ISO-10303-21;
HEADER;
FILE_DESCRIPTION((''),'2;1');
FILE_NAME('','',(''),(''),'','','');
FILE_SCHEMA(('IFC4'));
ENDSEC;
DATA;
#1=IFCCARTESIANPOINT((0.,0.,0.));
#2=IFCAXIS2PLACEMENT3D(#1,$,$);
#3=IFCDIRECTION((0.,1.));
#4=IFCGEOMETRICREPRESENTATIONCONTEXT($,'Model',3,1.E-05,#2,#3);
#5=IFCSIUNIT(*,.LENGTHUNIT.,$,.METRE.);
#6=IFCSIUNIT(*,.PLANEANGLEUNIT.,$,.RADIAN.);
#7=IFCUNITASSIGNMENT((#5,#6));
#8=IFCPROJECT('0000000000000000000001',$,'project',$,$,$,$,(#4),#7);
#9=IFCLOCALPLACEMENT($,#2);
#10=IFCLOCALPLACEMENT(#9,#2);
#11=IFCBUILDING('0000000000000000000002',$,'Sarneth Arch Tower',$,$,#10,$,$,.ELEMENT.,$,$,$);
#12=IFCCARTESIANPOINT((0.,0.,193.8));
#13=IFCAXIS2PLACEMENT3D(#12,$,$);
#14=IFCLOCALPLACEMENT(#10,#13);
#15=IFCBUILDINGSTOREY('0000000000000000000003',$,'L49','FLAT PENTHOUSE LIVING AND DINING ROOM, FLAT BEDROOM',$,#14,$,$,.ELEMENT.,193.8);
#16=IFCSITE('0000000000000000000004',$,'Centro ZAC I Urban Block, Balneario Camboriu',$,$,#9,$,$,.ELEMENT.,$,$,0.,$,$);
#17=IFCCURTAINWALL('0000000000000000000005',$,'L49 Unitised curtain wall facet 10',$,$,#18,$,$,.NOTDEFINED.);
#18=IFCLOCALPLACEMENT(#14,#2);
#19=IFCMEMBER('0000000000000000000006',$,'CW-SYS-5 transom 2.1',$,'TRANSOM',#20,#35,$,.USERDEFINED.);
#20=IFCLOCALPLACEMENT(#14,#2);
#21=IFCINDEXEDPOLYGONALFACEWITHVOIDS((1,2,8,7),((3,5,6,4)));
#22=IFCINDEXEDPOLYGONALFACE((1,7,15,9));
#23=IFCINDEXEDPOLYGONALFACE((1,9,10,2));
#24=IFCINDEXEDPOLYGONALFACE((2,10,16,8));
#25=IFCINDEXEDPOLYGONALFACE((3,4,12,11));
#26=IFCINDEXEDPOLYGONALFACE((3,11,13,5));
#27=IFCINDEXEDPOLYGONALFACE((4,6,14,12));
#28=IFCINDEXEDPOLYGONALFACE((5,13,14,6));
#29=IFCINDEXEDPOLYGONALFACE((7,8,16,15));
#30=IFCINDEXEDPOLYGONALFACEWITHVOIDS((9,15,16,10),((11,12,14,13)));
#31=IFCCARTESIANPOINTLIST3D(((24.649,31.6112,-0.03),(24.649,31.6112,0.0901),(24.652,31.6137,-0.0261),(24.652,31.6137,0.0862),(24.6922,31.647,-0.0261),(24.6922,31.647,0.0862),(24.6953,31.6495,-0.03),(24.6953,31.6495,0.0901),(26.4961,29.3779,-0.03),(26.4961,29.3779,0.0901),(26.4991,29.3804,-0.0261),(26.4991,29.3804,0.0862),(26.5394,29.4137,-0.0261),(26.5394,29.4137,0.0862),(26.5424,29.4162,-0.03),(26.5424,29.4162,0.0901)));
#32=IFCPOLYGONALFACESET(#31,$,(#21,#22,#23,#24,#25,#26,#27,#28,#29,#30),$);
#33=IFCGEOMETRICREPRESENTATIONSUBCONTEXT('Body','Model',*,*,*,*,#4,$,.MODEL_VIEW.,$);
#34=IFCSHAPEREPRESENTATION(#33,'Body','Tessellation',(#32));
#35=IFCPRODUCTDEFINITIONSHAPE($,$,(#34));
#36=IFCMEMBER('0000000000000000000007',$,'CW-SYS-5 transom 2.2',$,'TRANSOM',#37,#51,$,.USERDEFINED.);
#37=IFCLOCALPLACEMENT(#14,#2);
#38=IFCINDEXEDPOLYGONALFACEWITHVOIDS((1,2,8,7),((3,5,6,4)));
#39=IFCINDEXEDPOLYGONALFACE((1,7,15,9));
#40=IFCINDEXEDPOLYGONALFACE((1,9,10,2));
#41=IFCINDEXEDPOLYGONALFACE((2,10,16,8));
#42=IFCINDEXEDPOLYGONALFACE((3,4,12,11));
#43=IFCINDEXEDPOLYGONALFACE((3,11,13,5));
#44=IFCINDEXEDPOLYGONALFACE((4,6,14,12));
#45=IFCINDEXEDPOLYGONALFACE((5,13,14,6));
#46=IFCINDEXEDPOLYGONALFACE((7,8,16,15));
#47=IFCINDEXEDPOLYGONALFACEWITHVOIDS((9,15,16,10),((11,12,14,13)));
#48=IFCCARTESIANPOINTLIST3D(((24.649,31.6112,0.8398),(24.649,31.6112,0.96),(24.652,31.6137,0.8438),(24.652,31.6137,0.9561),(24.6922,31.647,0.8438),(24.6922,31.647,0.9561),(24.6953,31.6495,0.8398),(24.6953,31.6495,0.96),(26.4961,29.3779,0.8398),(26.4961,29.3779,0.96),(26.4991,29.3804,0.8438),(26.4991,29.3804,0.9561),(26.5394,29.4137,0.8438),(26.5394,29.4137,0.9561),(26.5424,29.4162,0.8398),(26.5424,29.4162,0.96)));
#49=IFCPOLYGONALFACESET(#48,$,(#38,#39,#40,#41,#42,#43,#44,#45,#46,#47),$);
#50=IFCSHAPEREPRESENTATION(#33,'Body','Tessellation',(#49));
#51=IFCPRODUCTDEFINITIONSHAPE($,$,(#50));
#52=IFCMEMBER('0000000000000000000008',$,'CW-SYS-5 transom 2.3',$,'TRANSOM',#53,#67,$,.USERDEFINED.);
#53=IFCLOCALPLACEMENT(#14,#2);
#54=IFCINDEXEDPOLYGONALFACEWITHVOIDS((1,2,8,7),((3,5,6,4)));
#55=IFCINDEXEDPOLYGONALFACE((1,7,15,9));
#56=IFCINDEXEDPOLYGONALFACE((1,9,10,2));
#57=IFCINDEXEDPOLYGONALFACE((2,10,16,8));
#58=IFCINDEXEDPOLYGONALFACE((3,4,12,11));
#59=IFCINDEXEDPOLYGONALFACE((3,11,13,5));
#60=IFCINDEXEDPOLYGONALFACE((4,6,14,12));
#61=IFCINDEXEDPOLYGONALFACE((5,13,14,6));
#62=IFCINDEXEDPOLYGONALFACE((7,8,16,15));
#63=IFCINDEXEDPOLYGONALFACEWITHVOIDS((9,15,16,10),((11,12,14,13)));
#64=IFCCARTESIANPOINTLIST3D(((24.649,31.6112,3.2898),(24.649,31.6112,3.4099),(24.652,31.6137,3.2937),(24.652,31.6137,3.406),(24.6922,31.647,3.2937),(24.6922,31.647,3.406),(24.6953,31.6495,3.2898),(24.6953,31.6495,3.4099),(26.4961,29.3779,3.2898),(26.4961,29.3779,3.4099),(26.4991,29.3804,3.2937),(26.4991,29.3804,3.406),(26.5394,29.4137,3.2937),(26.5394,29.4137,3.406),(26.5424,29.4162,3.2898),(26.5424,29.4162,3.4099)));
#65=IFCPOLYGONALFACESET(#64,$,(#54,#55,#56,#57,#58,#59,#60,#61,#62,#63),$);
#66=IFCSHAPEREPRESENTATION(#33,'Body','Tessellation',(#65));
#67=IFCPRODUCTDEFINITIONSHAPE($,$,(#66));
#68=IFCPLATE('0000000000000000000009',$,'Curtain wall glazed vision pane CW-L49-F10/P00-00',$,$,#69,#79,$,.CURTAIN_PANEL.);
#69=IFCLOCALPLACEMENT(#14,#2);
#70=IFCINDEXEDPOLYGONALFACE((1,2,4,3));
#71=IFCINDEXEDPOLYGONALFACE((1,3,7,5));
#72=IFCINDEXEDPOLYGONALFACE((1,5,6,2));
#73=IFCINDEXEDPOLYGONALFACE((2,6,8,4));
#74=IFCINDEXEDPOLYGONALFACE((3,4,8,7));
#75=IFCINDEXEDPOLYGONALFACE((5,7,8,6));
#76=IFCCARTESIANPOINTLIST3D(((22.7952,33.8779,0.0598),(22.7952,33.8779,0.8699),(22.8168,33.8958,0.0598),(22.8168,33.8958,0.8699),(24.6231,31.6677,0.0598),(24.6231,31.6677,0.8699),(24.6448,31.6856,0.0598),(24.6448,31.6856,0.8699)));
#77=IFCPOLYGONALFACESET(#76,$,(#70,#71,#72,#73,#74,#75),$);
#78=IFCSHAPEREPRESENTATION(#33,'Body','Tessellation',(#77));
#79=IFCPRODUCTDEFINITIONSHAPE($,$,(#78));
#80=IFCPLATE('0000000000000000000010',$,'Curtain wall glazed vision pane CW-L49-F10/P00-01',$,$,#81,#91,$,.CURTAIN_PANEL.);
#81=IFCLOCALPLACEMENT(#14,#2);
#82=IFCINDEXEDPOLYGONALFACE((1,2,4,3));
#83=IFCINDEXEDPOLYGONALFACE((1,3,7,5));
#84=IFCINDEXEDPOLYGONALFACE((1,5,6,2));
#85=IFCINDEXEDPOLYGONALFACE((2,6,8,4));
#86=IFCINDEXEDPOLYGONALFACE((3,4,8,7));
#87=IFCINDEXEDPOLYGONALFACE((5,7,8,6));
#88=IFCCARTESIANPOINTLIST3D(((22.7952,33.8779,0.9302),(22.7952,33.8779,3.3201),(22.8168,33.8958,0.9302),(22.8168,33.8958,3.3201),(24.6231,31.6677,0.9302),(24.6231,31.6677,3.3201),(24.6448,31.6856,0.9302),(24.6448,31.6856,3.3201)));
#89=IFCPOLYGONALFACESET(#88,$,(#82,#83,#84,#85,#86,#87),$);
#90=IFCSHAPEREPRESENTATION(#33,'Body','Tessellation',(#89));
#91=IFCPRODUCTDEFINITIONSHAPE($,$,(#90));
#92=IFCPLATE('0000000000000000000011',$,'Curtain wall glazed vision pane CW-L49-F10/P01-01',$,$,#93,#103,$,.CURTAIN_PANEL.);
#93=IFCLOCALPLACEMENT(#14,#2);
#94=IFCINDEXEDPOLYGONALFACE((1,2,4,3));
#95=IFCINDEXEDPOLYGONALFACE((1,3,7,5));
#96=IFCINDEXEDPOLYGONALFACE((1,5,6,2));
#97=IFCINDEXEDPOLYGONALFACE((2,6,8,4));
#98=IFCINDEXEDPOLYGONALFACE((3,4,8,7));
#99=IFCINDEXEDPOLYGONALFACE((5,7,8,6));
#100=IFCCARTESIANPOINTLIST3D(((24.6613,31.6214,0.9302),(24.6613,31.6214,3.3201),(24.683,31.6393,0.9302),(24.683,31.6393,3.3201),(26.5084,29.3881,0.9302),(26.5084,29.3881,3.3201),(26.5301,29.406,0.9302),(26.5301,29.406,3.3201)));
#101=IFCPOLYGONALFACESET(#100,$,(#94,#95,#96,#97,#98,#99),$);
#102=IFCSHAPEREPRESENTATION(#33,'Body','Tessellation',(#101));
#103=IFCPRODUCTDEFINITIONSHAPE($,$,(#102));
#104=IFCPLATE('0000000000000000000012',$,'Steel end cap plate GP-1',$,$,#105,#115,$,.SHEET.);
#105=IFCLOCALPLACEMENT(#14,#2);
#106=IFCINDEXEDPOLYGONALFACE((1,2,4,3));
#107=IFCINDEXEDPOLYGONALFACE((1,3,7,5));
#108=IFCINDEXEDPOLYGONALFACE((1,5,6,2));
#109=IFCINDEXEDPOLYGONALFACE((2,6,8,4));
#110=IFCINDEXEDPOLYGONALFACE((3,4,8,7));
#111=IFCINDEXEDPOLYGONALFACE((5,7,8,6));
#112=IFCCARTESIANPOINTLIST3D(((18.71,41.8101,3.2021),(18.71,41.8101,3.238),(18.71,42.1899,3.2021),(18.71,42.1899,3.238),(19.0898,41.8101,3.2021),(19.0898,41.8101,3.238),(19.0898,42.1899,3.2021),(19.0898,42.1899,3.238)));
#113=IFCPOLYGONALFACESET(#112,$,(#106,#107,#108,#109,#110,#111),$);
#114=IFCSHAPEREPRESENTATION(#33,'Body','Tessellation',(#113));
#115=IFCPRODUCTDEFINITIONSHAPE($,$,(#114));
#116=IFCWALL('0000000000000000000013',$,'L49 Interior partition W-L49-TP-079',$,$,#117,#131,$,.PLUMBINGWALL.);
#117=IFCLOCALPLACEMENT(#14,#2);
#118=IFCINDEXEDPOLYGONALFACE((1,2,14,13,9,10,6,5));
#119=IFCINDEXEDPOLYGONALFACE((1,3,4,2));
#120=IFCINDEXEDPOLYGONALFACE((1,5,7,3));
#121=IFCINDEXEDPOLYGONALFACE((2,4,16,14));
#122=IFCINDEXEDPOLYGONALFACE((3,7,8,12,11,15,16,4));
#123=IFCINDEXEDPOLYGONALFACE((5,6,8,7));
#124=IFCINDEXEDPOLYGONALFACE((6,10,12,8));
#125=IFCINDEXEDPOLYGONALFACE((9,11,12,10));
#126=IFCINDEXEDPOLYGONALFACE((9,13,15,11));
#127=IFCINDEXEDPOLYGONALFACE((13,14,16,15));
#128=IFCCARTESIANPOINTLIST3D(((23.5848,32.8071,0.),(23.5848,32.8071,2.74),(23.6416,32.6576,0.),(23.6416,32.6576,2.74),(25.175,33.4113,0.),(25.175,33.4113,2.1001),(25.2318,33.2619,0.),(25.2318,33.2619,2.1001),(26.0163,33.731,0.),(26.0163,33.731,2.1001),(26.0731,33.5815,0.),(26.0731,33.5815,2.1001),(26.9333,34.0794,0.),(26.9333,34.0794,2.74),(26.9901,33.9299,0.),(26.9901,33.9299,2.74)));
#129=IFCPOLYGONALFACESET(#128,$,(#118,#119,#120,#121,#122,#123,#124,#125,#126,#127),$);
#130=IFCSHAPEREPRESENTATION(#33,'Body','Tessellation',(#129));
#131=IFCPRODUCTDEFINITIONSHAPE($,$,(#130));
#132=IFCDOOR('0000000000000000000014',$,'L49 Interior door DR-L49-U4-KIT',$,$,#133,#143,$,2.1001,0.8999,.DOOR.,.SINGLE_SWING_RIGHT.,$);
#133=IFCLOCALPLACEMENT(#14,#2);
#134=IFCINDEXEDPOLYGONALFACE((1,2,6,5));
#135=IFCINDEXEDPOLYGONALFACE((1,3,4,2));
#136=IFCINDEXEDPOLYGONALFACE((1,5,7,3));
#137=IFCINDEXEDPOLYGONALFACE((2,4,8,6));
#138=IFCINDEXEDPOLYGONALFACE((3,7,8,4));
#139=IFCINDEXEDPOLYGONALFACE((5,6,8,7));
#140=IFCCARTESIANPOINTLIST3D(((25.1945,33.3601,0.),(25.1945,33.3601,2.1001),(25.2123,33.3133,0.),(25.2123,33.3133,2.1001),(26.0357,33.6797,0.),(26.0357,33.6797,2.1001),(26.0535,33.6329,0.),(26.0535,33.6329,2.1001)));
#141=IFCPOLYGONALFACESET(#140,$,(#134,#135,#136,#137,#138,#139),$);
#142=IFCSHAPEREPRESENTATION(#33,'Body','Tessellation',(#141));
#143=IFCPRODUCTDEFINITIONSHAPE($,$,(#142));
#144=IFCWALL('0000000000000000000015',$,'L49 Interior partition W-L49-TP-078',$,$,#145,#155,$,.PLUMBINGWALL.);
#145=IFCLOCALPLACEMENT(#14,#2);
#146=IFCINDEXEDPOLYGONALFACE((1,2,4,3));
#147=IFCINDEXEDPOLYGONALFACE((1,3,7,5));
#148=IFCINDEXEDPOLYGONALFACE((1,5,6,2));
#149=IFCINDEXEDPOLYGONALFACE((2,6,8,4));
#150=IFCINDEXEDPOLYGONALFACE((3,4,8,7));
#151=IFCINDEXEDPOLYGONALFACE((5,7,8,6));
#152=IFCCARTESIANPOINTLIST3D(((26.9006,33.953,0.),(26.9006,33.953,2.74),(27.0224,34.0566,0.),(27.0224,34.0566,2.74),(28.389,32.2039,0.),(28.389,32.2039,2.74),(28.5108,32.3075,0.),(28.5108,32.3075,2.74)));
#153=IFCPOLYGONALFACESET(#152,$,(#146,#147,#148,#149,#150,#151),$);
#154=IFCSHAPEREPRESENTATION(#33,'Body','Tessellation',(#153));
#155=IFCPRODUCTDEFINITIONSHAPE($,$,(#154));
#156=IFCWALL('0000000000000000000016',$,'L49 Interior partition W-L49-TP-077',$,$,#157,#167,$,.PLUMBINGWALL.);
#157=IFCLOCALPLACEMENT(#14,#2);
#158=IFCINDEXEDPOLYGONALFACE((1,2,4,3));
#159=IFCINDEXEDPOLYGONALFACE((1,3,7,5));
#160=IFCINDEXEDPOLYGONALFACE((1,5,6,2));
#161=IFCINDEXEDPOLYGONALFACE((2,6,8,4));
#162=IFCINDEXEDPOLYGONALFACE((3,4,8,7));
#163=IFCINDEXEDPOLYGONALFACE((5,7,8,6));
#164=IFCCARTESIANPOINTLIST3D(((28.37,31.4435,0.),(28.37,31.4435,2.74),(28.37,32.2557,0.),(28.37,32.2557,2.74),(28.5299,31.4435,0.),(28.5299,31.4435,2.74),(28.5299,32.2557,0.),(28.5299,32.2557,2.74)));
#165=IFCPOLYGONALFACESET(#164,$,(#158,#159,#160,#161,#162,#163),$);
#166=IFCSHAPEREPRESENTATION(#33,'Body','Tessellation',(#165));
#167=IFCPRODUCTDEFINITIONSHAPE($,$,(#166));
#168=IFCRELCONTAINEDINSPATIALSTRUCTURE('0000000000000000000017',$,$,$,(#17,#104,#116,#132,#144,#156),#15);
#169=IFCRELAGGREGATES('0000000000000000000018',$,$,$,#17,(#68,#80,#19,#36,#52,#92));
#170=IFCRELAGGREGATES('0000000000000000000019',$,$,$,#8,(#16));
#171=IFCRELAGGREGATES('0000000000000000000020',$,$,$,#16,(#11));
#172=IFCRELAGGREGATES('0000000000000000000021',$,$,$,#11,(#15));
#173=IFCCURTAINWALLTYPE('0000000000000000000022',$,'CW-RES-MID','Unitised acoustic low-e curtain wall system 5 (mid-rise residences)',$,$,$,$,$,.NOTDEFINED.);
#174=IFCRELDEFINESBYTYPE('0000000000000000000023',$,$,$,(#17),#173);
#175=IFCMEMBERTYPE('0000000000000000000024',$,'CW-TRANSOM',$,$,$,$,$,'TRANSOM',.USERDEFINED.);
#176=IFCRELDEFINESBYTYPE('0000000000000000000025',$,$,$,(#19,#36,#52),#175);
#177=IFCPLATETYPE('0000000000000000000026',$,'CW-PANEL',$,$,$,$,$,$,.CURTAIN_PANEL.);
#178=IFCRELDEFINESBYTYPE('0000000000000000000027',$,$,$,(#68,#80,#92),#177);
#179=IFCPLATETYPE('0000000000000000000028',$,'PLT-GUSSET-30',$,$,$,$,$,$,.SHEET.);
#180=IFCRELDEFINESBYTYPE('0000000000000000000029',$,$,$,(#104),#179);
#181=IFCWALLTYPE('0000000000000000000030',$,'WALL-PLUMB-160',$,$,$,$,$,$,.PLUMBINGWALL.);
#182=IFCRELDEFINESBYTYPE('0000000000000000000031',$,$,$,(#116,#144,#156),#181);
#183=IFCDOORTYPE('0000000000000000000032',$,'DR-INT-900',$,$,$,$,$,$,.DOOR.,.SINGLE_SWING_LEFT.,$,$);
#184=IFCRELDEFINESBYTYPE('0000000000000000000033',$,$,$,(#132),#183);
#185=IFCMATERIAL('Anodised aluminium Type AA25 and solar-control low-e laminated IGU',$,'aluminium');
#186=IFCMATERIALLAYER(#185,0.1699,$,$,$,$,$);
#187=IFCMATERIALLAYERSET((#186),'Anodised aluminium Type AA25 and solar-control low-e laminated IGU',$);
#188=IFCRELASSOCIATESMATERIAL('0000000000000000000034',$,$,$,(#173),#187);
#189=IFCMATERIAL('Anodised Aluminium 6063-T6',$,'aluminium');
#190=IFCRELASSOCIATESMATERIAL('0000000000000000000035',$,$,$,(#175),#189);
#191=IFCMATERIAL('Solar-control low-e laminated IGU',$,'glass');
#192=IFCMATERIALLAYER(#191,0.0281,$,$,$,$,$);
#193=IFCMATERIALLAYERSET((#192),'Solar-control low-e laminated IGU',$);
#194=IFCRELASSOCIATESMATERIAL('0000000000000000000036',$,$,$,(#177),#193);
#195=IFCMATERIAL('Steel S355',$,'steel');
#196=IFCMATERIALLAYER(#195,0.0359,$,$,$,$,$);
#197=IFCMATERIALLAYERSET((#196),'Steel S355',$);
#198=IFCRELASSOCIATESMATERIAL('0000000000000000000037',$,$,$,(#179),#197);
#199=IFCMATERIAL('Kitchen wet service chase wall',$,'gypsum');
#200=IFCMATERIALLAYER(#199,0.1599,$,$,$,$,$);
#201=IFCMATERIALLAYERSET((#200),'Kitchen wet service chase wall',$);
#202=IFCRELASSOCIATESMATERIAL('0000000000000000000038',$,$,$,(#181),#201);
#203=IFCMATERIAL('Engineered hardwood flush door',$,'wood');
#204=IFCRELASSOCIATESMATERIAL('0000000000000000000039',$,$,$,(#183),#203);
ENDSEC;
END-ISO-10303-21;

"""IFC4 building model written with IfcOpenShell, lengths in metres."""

from ifc_helpers import new_model, si_unit, direction, frame, frame_2d, origin, origin_2d, place, context, subcontext, project, spatial, rectangle, hollow_rectangle, extrude, material, layer, layer_set, material_profile, profile_set, type_object, element, fill, aggregate, save


model = new_model("IFC4")

# Units and contexts
model_context = context("Model", 3, precision=1e-05, world=origin(), true_north=direction((0.0, 1.0)))
body_context = subcontext(model_context, "Body", "Model", "MODEL_VIEW")
ifc_project = project(units=[si_unit("LENGTHUNIT", "METRE"), si_unit("PLANEANGLEUNIT", "RADIAN")], contexts=[model_context])

# Site, building, storey
site_placement = place(None, origin())
site = spatial("IfcSite", under=ifc_project, at=site_placement, Name="Centro ZAC I Urban Block, Balneario Camboriu", CompositionType="ELEMENT", RefElevation=0.0)
building_placement = place(site_placement, origin())
building = spatial("IfcBuilding", under=site, at=building_placement, Name="Sarneth Arch Tower", CompositionType="ELEMENT")
storey_placement = place(building_placement, frame((0.0, 0.0, 193.8)))
storey = spatial("IfcBuildingStorey", under=building, at=storey_placement, Name="L49", Description="FLAT PENTHOUSE LIVING AND DINING ROOM, FLAT BEDROOM", CompositionType="ELEMENT", Elevation=193.8)

# Curtain wall, members, plates
ifc_material_1 = material(Name="Anodised aluminium Type AA25 and solar-control low-e laminated IGU", Category="aluminium")
ifc_layer_1 = layer(ifc_material_1, 0.1699)
ifc_layer_set_1 = layer_set([ifc_layer_1], Name="Anodised aluminium Type AA25 and solar-control low-e laminated IGU")
curtain_wall_type = type_object("IfcCurtainWallType", Name="CW-RES-MID", Description="Unitised acoustic low-e curtain wall system 5 (mid-rise residences)", PredefinedType="NOTDEFINED", material=ifc_layer_set_1)
curtain_wall_placement = place(storey_placement, origin())
curtain_wall = element("IfcCurtainWall", 1, at=curtain_wall_placement, inside=storey, type_object=curtain_wall_type, Name="L49 Unitised curtain wall facet 10", PredefinedType="NOTDEFINED")
ifc_material_2 = material(Name="Anodised Aluminium 6063-T6", Category="aluminium")
ifc_material_profile_1 = material_profile(ifc_material_2, hollow_rectangle(XDim=0.0601, YDim=0.1201, WallThickness=0.0039, at=origin_2d()), Name="AL-TRAN-120x60x4")
ifc_profile_set_1 = profile_set([ifc_material_profile_1], Name="Anodised Aluminium 6063-T6")
member_type_1 = type_object("IfcMemberType", Name="CW-TRANSOM", ElementType="TRANSOM", PredefinedType="USERDEFINED", material=ifc_profile_set_1)
member_1_placement = place(storey_placement, frame((24.6721, 31.6304, 0.03), z_axis=(0.63733, -0.770591, 0.0), x_axis=(0.770591, 0.63733, 0.0)))
member_1 = element("IfcMember", 2, at=member_1_placement, type_object=member_type_1, Name="CW-SYS-5 transom 2.1", ObjectType="TRANSOM", PredefinedType="USERDEFINED", context=body_context, shape_type="SweptSolid", body=[
    extrude(hollow_rectangle(XDim=0.0601, YDim=0.1201, WallThickness=0.0039, at=origin_2d()), origin(), (0.0, 0.0, 1.0), 2.8982),
])
member_2_placement = place(storey_placement, frame((24.6721, 31.6304, 0.8999), z_axis=(0.63733, -0.770591, 0.0), x_axis=(0.770591, 0.63733, 0.0)))
member_2 = element("IfcMember", 3, at=member_2_placement, type_object=member_type_1, Name="CW-SYS-5 transom 2.2", ObjectType="TRANSOM", PredefinedType="USERDEFINED", context=body_context, shape_type="SweptSolid", body=[
    extrude(hollow_rectangle(XDim=0.0601, YDim=0.1201, WallThickness=0.0039, at=origin_2d()), origin(), (0.0, 0.0, 1.0), 2.8982),
])
member_3_placement = place(storey_placement, frame((24.6721, 31.6304, 3.3499), z_axis=(0.63733, -0.770591, 0.0), x_axis=(0.770591, 0.63733, 0.0)))
member_3 = element("IfcMember", 4, at=member_3_placement, type_object=member_type_1, Name="CW-SYS-5 transom 2.3", ObjectType="TRANSOM", PredefinedType="USERDEFINED", context=body_context, shape_type="SweptSolid", body=[
    extrude(hollow_rectangle(XDim=0.0601, YDim=0.1201, WallThickness=0.0039, at=origin_2d()), origin(), (0.0, 0.0, 1.0), 2.8982),
])
ifc_material_3 = material(Name="Solar-control low-e laminated IGU", Category="glass")
ifc_layer_2 = layer(ifc_material_3, 0.0281)
ifc_layer_set_2 = layer_set([ifc_layer_2], Name="Solar-control low-e laminated IGU")
plate_type_1 = type_object("IfcPlateType", Name="CW-PANEL", PredefinedType="CURTAIN_PANEL", material=ifc_layer_set_2)
plate_1_placement = place(storey_placement, frame((23.72, 32.7817, 0.0598), z_axis=(0.0, 0.0, 1.0), x_axis=(0.63733, -0.770591, 0.0)))
plate_1 = element("IfcPlate", 5, at=plate_1_placement, type_object=plate_type_1, Name="Curtain wall glazed vision pane CW-L49-F10/P00-00", PredefinedType="CURTAIN_PANEL", context=body_context, shape_type="SweptSolid", body=[
    extrude(rectangle(XDim=2.8682, YDim=0.0281, at=origin_2d()), origin(), (0.0, 0.0, 1.0), 0.8101),
])
plate_2_placement = place(storey_placement, frame((23.72, 32.7817, 0.9302), z_axis=(0.0, 0.0, 1.0), x_axis=(0.63733, -0.770591, 0.0)))
plate_2 = element("IfcPlate", 6, at=plate_2_placement, type_object=plate_type_1, Name="Curtain wall glazed vision pane CW-L49-F10/P00-01", PredefinedType="CURTAIN_PANEL", context=body_context, shape_type="SweptSolid", body=[
    extrude(rectangle(XDim=2.8682, YDim=0.0281, at=origin_2d()), origin(), (0.0, 0.0, 1.0), 2.3899),
])
plate_3_placement = place(storey_placement, frame((25.5957, 30.5137, 0.9302), z_axis=(0.0, 0.0, 1.0), x_axis=(0.63733, -0.770591, 0.0)))
plate_3 = element("IfcPlate", 7, at=plate_3_placement, type_object=plate_type_1, Name="Curtain wall glazed vision pane CW-L49-F10/P01-01", PredefinedType="CURTAIN_PANEL", context=body_context, shape_type="SweptSolid", body=[
    extrude(rectangle(XDim=2.8982, YDim=0.0281, at=origin_2d()), origin(), (0.0, 0.0, 1.0), 2.3899),
])
aggregate(curtain_wall, [plate_1, plate_2, member_1, member_2, member_3, plate_3])

# Plate
ifc_material_4 = material(Name="Steel S355", Category="steel")
ifc_layer_3 = layer(ifc_material_4, 0.0359)
ifc_layer_set_3 = layer_set([ifc_layer_3], Name="Steel S355")
plate_type_2 = type_object("IfcPlateType", Name="PLT-GUSSET-30", PredefinedType="SHEET", material=ifc_layer_set_3)
plate_4_placement = place(storey_placement, frame((18.8999, 42.0, 3.2021), z_axis=(0.0, 0.0, 1.0), x_axis=(-1.0, 0.0, 0.0)))
element("IfcPlate", 8, at=plate_4_placement, inside=storey, type_object=plate_type_2, Name="Steel end cap plate GP-1", PredefinedType="SHEET", context=body_context, shape_type="SweptSolid", body=[
    extrude(rectangle(XDim=0.3799, YDim=0.3799, at=origin_2d()), origin(), (0.0, 0.0, 1.0), 0.0359),
])

# Wall, opening, door
ifc_material_5 = material(Name="Kitchen wet service chase wall", Category="gypsum")
ifc_layer_4 = layer(ifc_material_5, 0.1599)
ifc_layer_set_4 = layer_set([ifc_layer_4], Name="Kitchen wet service chase wall")
wall_type_1 = type_object("IfcWallType", Name="WALL-PLUMB-160", PredefinedType="PLUMBINGWALL", material=ifc_layer_set_4)
wall_1_placement = place(storey_placement, frame((26.9617, 34.0046, 0.0), z_axis=(0.0, 0.0, 1.0), x_axis=(-0.934799, -0.355176, 0.0)))
wall_1 = element("IfcWall", 9, at=wall_1_placement, inside=storey, type_object=wall_type_1, Name="L49 Interior partition W-L49-TP-079", PredefinedType="PLUMBINGWALL", context=body_context, shape_type="SweptSolid", body=[
    extrude(rectangle(XDim=3.582, YDim=0.1599, at=frame_2d((1.791, 0.0))), origin(), (0.0, 0.0, 1.0), 2.74),
])
opening_1_placement = place(wall_1_placement, frame((0.981, 0.0, 0.0)))
opening_1 = element("IfcOpeningElement", 10, at=opening_1_placement, cuts=wall_1, PredefinedType="OPENING", context=body_context, shape_type="SweptSolid", body=[
    extrude(rectangle(XDim=0.8999, YDim=2.1001, at=frame_2d((0.45, 1.05))), frame((0.0, 0.0898, 0.0), z_axis=(0.0, -1.0, 0.0), x_axis=(1.0, 0.0, 0.0)), (0.0, 0.0, 1.0), 0.1799),
])
ifc_material_6 = material(Name="Engineered hardwood flush door", Category="wood")
door_type_1 = type_object("IfcDoorType", Name="DR-INT-900", OperationType="SINGLE_SWING_LEFT", PredefinedType="DOOR", material=ifc_material_6)
door_1_placement = place(opening_1_placement, origin())
door_1 = element("IfcDoor", 11, at=door_1_placement, inside=storey, type_object=door_type_1, Name="L49 Interior door DR-L49-U4-KIT", OperationType="SINGLE_SWING_RIGHT", OverallHeight=2.1001, OverallWidth=0.8999, PredefinedType="DOOR", context=body_context, shape_type="SweptSolid", body=[
    extrude(rectangle(XDim=0.8999, YDim=2.1001, at=frame_2d((0.45, 1.05))), frame((0.0, 0.0249, 0.0), z_axis=(0.0, -1.0, 0.0), x_axis=(1.0, 0.0, 0.0)), (0.0, 0.0, 1.0), 0.05),
])
fill(opening_1, door_1)

# Walls
wall_2_placement = place(storey_placement, frame((28.45, 32.2556, 0.0), z_axis=(0.0, 0.0, 1.0), x_axis=(-0.648056, 0.761593, 0.0)))
element("IfcWall", 12, at=wall_2_placement, inside=storey, type_object=wall_type_1, Name="L49 Interior partition W-L49-TP-078", PredefinedType="PLUMBINGWALL", context=body_context, shape_type="SweptSolid", body=[
    extrude(rectangle(XDim=2.2966, YDim=0.1599, at=frame_2d((1.1484, 0.0))), origin(), (0.0, 0.0, 1.0), 2.74),
])
wall_3_placement = place(storey_placement, frame((28.45, 31.4434, 0.0), z_axis=(0.0, 0.0, 1.0), x_axis=(0.0, 1.0, 0.0)))
element("IfcWall", 13, at=wall_3_placement, inside=storey, type_object=wall_type_1, Name="L49 Interior partition W-L49-TP-077", PredefinedType="PLUMBINGWALL", context=body_context, shape_type="SweptSolid", body=[
    extrude(rectangle(XDim=0.8123, YDim=0.1599, at=frame_2d((0.4062, 0.0))), origin(), (0.0, 0.0, 1.0), 2.74),
])

save(model, "model.ifc")
